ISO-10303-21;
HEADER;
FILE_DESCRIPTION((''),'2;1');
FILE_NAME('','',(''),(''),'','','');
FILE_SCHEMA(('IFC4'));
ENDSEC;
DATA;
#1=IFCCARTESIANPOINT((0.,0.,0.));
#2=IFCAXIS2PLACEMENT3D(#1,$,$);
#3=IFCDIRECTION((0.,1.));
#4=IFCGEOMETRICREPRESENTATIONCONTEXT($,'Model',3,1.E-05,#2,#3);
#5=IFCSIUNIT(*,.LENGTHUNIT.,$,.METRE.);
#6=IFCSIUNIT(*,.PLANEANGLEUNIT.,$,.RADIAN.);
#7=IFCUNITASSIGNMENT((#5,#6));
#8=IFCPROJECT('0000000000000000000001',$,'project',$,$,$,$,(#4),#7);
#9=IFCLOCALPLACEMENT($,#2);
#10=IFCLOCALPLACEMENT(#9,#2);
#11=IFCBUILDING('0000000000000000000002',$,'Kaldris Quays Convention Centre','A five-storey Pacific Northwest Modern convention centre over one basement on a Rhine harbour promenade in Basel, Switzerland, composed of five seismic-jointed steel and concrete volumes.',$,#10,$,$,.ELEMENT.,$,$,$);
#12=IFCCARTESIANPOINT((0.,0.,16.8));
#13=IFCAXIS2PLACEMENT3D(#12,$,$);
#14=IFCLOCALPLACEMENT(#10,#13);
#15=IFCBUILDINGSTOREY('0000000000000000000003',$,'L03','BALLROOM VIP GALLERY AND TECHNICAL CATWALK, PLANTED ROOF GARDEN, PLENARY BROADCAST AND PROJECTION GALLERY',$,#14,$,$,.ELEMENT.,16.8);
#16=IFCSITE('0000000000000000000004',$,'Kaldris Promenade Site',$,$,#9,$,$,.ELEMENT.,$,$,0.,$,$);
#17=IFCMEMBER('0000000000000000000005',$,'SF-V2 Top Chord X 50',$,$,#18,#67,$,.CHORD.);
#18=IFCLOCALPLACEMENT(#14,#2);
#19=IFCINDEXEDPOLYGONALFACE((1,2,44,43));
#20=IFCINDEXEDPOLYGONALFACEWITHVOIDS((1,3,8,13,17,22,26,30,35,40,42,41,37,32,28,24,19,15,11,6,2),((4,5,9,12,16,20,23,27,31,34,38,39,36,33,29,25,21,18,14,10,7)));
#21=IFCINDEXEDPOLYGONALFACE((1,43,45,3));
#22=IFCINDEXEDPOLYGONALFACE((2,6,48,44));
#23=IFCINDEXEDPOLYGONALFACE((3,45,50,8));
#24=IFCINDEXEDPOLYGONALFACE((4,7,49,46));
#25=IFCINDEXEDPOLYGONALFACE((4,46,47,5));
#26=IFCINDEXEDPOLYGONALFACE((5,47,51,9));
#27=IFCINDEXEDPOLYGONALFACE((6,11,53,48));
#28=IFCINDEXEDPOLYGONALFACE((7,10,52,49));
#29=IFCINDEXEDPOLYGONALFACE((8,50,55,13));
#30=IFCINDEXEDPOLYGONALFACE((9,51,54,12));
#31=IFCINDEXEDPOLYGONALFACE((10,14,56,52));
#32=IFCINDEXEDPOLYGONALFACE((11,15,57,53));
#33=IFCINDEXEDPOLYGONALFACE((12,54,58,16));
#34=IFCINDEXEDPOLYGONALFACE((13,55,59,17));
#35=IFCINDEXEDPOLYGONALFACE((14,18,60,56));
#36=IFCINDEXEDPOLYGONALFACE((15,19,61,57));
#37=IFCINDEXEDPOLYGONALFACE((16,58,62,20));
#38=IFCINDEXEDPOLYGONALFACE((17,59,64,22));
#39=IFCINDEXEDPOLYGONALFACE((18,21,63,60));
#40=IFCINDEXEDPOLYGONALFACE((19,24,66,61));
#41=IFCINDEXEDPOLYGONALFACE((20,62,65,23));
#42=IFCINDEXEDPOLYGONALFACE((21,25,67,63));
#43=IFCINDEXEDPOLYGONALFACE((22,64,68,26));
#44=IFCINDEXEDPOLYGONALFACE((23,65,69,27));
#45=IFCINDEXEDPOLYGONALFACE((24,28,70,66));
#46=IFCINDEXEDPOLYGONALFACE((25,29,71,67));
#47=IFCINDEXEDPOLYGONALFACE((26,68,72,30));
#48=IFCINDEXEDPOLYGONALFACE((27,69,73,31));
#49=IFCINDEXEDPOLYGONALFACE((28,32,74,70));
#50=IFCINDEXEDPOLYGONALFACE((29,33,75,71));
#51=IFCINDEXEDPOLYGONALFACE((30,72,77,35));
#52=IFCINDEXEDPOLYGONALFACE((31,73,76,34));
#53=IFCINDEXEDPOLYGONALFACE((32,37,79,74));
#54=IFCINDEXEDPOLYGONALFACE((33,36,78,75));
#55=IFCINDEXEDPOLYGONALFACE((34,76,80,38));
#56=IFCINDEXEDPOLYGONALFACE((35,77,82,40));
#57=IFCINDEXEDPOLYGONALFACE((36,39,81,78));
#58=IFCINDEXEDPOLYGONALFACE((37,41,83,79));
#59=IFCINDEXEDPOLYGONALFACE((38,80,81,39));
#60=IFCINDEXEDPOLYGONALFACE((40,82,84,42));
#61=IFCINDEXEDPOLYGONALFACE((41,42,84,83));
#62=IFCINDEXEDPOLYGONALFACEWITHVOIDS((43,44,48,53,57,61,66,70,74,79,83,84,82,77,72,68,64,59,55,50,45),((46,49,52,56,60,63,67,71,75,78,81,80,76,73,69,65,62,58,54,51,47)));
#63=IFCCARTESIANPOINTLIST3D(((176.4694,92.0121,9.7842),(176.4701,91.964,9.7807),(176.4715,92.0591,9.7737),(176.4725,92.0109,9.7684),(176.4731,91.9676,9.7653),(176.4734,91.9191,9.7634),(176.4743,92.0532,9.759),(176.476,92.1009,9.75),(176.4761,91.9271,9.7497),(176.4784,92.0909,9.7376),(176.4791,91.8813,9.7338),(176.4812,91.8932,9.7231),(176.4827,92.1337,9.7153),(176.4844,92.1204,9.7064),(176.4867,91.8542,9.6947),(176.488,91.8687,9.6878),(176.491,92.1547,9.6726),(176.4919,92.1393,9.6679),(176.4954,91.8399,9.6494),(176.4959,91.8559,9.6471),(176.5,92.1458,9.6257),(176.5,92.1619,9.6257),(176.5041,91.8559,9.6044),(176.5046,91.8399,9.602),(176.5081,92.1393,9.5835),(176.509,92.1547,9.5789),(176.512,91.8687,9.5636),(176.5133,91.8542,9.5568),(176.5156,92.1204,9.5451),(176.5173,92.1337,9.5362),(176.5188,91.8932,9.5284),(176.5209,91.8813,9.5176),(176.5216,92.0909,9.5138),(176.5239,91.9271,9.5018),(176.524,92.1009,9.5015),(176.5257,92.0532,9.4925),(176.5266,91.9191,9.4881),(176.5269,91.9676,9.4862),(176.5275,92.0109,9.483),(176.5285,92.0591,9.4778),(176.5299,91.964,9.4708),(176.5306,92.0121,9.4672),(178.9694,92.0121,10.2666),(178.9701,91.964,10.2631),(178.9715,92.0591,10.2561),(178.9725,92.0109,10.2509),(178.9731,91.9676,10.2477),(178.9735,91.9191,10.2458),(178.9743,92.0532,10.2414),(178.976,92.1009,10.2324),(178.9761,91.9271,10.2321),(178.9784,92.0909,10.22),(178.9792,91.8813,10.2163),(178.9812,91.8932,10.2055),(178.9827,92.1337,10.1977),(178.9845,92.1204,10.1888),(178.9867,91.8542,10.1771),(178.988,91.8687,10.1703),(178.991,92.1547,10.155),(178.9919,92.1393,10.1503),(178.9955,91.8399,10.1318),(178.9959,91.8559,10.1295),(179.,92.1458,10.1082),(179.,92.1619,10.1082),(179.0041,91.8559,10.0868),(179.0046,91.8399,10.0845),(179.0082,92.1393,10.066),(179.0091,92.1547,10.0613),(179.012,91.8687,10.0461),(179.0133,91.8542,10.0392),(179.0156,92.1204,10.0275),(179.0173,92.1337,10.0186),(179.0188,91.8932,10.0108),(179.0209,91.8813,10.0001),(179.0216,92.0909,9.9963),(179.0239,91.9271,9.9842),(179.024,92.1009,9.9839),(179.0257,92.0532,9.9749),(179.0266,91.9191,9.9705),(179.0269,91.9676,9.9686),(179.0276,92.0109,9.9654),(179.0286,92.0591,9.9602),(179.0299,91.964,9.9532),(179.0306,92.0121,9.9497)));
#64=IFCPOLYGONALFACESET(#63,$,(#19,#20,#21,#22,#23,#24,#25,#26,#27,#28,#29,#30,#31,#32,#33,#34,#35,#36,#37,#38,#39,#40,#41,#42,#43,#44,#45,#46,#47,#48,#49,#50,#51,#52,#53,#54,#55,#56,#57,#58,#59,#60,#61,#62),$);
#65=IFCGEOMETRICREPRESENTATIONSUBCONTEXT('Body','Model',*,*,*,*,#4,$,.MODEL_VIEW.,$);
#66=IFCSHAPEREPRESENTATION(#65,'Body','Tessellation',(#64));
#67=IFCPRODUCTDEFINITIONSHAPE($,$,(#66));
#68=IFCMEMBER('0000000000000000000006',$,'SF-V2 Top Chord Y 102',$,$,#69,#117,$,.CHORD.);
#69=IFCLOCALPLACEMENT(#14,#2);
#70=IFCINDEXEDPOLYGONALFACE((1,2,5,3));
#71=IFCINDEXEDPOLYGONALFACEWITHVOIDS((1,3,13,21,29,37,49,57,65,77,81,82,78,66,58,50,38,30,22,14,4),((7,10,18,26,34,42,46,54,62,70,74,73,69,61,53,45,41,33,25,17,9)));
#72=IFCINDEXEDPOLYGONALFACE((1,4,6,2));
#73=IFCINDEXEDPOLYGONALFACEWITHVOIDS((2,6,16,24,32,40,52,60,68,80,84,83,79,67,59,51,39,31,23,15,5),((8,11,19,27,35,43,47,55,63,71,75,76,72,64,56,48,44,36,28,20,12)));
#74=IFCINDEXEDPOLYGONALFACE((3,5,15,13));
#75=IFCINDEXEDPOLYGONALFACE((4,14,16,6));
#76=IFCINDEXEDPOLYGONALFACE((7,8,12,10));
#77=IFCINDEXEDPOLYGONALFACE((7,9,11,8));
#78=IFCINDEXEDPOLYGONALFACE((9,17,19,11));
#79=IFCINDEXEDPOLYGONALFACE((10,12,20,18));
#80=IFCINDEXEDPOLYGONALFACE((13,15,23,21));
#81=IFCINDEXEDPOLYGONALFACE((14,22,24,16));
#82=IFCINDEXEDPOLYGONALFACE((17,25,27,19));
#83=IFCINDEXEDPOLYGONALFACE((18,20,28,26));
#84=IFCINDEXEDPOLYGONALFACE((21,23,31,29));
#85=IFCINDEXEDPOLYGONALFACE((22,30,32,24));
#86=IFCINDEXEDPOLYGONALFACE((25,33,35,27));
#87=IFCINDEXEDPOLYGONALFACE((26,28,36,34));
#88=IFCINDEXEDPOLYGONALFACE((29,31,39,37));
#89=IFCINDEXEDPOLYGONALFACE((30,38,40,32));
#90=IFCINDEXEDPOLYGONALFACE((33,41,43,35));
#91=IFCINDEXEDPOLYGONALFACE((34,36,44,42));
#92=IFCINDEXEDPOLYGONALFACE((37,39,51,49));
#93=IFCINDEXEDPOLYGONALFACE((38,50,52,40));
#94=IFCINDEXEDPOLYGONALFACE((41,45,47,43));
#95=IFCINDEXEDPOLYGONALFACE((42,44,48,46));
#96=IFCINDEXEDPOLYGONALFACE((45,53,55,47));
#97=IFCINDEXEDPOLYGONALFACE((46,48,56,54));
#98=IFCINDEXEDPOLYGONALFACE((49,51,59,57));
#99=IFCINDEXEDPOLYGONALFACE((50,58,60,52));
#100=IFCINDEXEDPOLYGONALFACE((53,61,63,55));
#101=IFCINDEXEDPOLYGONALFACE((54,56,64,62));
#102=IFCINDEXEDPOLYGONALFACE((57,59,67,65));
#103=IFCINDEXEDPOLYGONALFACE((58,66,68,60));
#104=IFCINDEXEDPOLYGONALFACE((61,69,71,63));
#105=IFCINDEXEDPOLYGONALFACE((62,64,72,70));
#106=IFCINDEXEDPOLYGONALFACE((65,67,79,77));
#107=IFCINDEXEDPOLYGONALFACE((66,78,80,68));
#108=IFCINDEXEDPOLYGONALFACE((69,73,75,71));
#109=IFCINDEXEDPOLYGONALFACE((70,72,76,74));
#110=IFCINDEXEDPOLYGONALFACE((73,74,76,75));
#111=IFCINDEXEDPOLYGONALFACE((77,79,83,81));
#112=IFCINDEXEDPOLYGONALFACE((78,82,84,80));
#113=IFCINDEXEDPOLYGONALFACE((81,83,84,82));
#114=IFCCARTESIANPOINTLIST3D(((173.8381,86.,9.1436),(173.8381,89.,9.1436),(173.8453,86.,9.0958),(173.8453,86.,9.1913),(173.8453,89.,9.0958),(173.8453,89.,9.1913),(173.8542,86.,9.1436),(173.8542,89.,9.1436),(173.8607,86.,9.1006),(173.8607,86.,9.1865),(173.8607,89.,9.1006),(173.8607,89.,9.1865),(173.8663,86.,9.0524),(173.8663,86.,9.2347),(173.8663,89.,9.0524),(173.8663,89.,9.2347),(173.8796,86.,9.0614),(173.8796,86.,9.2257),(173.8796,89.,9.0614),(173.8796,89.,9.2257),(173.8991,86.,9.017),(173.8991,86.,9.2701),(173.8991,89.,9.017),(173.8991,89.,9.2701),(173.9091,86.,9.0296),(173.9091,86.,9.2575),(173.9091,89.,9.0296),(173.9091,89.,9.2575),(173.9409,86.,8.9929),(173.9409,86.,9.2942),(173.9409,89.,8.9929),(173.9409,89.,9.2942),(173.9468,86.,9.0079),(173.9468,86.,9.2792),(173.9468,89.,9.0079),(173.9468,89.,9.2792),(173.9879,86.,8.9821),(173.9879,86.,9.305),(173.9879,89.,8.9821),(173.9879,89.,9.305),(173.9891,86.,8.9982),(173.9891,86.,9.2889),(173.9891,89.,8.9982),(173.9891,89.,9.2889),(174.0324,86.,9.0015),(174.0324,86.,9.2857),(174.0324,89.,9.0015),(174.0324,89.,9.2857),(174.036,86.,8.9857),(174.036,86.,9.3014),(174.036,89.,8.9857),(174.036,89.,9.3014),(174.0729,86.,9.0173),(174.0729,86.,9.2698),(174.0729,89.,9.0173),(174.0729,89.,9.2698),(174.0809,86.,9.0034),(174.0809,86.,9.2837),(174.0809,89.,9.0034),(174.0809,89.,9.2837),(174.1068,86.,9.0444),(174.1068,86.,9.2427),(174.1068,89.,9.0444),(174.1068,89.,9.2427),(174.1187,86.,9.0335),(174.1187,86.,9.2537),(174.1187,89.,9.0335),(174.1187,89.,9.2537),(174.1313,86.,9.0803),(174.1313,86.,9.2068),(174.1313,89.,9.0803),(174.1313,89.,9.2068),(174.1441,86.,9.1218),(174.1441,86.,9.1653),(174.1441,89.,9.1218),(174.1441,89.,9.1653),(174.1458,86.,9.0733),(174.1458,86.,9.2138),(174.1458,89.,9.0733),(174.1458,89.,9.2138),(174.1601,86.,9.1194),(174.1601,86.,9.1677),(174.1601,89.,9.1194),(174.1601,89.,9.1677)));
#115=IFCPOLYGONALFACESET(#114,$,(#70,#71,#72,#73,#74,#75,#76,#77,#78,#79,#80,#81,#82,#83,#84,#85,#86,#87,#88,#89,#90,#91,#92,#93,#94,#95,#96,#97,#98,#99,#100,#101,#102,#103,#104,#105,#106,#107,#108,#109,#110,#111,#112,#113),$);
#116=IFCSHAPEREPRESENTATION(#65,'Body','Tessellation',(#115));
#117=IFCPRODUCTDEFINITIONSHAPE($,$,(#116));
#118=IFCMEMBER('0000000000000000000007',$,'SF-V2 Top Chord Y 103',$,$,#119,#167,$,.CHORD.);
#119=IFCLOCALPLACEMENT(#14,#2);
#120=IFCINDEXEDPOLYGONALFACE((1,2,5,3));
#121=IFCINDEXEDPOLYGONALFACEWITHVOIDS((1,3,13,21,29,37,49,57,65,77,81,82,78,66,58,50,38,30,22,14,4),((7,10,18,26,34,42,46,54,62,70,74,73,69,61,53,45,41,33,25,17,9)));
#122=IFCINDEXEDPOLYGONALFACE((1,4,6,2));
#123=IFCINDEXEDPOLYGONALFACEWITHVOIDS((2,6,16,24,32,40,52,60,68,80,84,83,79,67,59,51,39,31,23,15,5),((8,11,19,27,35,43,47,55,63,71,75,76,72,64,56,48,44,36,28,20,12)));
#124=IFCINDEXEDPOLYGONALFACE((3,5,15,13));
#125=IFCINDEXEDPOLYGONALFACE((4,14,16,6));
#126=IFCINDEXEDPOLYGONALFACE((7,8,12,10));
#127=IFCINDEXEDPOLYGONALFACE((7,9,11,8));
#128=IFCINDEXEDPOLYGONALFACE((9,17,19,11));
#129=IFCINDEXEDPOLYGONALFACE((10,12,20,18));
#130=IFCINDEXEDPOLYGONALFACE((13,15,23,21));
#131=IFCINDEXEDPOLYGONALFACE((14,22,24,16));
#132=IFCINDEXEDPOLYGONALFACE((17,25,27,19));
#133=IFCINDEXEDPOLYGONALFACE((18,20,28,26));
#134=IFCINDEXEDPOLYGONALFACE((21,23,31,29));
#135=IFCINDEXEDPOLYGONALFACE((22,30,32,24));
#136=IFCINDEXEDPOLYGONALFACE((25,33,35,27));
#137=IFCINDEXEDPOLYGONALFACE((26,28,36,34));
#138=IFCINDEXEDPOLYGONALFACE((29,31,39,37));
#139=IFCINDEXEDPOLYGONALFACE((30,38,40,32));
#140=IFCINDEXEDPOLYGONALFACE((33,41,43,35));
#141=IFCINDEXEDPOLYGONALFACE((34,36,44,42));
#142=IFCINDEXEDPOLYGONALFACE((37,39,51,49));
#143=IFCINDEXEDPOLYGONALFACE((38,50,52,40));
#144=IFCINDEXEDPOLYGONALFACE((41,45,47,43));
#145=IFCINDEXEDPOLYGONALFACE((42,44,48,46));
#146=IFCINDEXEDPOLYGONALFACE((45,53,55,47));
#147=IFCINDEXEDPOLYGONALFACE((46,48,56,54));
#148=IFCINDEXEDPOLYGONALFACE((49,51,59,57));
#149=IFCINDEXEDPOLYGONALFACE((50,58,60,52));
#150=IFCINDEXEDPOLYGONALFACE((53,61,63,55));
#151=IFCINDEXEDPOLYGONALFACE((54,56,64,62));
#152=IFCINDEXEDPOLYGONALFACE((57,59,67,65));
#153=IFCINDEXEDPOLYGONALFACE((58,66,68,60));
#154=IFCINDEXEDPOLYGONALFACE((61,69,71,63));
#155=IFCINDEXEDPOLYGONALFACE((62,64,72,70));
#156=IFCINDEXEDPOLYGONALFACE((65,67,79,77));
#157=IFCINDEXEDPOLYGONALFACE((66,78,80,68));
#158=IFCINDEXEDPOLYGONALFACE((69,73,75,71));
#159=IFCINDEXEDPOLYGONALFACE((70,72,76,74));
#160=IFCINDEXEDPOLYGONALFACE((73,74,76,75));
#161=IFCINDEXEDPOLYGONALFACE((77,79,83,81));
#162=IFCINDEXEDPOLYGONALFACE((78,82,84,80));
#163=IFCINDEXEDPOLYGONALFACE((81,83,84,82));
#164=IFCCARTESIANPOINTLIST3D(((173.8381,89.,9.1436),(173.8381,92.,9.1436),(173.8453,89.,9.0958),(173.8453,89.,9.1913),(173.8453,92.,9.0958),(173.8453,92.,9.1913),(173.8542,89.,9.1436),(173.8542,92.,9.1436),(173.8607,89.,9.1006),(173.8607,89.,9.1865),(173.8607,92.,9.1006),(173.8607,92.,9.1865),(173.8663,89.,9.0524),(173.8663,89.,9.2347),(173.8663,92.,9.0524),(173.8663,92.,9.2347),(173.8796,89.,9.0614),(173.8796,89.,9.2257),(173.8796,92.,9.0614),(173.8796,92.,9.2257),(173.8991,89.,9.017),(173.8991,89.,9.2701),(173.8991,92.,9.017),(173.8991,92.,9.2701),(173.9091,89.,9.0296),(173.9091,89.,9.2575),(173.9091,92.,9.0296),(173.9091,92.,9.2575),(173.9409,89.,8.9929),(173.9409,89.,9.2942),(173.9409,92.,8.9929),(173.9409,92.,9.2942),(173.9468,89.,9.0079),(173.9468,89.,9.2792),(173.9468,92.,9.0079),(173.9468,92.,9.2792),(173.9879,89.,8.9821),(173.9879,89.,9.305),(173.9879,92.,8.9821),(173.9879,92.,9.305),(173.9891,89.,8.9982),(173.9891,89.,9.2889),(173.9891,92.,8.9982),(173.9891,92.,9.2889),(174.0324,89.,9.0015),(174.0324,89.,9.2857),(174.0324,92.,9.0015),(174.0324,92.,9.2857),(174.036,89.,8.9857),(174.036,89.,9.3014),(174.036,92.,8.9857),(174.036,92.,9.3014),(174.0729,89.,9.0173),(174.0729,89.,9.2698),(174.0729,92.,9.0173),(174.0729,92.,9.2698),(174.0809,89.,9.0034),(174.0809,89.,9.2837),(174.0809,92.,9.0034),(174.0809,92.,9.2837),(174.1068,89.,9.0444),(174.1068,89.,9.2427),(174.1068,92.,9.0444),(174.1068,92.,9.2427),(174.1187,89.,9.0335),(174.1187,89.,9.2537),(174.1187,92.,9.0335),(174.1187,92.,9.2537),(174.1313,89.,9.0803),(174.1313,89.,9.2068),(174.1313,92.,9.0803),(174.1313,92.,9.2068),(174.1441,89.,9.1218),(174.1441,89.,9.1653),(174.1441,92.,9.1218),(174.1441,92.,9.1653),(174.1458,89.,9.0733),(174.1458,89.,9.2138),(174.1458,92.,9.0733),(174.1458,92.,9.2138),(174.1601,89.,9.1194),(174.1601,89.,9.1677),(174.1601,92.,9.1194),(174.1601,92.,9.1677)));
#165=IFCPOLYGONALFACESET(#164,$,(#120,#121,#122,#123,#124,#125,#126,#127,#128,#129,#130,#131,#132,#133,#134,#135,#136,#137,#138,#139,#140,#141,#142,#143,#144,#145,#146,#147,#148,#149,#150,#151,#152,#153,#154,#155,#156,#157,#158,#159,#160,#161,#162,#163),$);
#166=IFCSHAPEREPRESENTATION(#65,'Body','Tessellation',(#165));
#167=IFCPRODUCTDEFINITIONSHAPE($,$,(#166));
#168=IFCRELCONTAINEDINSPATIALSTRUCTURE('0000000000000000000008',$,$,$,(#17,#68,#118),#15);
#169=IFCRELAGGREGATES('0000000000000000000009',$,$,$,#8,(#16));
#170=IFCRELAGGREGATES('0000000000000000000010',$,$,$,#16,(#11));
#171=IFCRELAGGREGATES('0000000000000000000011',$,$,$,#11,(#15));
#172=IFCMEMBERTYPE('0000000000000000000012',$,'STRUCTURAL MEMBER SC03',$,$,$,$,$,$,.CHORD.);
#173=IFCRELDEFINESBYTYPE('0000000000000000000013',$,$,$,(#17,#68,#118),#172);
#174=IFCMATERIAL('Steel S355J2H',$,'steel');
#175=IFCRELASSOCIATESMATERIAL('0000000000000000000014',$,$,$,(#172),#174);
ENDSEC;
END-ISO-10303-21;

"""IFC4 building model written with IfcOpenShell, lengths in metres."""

from ifc_helpers import new_model, si_unit, direction, frame, origin, origin_2d, place, context, subcontext, project, spatial, hollow_circle, extrude, material, material_profile, profile_set, type_object, element, save


model = new_model("IFC4")

# Units and contexts
model_context = context("Model", 3, precision=1e-05, world=origin(), true_north=direction((0.0, 1.0)))
body_context = subcontext(model_context, "Body", "Model", "MODEL_VIEW")
ifc_project = project(units=[si_unit("LENGTHUNIT", "METRE"), si_unit("PLANEANGLEUNIT", "RADIAN")], contexts=[model_context])

# Site, building, storey
site_placement = place(None, origin())
site = spatial("IfcSite", under=ifc_project, at=site_placement, Name="Kaldris Promenade Site", CompositionType="ELEMENT", RefElevation=0.0)
building_placement = place(site_placement, origin())
building = spatial("IfcBuilding", under=site, at=building_placement, Name="Kaldris Quays Convention Centre", Description="A five-storey Pacific Northwest Modern convention centre over one basement on a Rhine harbour promenade in Basel, Switzerland, composed of five seismic-jointed steel and concrete volumes.", CompositionType="ELEMENT")
storey_placement = place(building_placement, frame((0.0, 0.0, 16.8)))
storey = spatial("IfcBuildingStorey", under=building, at=storey_placement, Name="L03", Description="BALLROOM VIP GALLERY AND TECHNICAL CATWALK, PLANTED ROOF GARDEN, PLENARY BROADCAST AND PROJECTION GALLERY", CompositionType="ELEMENT", Elevation=16.8)

# Members
ifc_material_1 = material(Name="Steel S355J2H", Category="steel")
ifc_material_profile_1 = material_profile(ifc_material_1, hollow_circle(Radius=0.1619, WallThickness=0.0161, at=origin_2d()), Name="CHS 323.9x16")
ifc_profile_set_1 = profile_set([ifc_material_profile_1], Name="Steel S355J2H")
member_type_1 = type_object("IfcMemberType", Name="STRUCTURAL MEMBER SC03", PredefinedType="CHORD", material=ifc_profile_set_1)
for number, where, z_axis, x_axis, name in (
    (1, (176.5, 92.0, 9.6257), (0.981886, 0.0, 0.189473), (0.0, 1.0, 0.0), "SF-V2 Top Chord X 50"),
):
    element("IfcMember", number, at=place(storey_placement, frame(where, z_axis=z_axis, x_axis=x_axis)), inside=storey, type_object=member_type_1, Name=name, PredefinedType="CHORD", context=body_context, shape_type="SweptSolid", body=[
        extrude(hollow_circle(Radius=0.1619, WallThickness=0.0161, at=origin_2d()), origin(), (0.0, 0.0, 1.0), 2.5461),
    ])
for number, where, z_axis, x_axis, name in (
    (2, (174.0, 86.0, 9.1436), (0.0, 1.0, 0.0), (-1.0, 0.0, 0.0), "SF-V2 Top Chord Y 102"),
    (3, (174.0, 89.0, 9.1436), (0.0, 1.0, 0.0), (-1.0, 0.0, 0.0), "SF-V2 Top Chord Y 103"),
):
    element("IfcMember", number, at=place(storey_placement, frame(where, z_axis=z_axis, x_axis=x_axis)), inside=storey, type_object=member_type_1, Name=name, PredefinedType="CHORD", context=body_context, shape_type="SweptSolid", body=[
        extrude(hollow_circle(Radius=0.1619, WallThickness=0.0161, at=origin_2d()), origin(), (0.0, 0.0, 1.0), 3.0),
    ])

save(model, "model.ifc")
